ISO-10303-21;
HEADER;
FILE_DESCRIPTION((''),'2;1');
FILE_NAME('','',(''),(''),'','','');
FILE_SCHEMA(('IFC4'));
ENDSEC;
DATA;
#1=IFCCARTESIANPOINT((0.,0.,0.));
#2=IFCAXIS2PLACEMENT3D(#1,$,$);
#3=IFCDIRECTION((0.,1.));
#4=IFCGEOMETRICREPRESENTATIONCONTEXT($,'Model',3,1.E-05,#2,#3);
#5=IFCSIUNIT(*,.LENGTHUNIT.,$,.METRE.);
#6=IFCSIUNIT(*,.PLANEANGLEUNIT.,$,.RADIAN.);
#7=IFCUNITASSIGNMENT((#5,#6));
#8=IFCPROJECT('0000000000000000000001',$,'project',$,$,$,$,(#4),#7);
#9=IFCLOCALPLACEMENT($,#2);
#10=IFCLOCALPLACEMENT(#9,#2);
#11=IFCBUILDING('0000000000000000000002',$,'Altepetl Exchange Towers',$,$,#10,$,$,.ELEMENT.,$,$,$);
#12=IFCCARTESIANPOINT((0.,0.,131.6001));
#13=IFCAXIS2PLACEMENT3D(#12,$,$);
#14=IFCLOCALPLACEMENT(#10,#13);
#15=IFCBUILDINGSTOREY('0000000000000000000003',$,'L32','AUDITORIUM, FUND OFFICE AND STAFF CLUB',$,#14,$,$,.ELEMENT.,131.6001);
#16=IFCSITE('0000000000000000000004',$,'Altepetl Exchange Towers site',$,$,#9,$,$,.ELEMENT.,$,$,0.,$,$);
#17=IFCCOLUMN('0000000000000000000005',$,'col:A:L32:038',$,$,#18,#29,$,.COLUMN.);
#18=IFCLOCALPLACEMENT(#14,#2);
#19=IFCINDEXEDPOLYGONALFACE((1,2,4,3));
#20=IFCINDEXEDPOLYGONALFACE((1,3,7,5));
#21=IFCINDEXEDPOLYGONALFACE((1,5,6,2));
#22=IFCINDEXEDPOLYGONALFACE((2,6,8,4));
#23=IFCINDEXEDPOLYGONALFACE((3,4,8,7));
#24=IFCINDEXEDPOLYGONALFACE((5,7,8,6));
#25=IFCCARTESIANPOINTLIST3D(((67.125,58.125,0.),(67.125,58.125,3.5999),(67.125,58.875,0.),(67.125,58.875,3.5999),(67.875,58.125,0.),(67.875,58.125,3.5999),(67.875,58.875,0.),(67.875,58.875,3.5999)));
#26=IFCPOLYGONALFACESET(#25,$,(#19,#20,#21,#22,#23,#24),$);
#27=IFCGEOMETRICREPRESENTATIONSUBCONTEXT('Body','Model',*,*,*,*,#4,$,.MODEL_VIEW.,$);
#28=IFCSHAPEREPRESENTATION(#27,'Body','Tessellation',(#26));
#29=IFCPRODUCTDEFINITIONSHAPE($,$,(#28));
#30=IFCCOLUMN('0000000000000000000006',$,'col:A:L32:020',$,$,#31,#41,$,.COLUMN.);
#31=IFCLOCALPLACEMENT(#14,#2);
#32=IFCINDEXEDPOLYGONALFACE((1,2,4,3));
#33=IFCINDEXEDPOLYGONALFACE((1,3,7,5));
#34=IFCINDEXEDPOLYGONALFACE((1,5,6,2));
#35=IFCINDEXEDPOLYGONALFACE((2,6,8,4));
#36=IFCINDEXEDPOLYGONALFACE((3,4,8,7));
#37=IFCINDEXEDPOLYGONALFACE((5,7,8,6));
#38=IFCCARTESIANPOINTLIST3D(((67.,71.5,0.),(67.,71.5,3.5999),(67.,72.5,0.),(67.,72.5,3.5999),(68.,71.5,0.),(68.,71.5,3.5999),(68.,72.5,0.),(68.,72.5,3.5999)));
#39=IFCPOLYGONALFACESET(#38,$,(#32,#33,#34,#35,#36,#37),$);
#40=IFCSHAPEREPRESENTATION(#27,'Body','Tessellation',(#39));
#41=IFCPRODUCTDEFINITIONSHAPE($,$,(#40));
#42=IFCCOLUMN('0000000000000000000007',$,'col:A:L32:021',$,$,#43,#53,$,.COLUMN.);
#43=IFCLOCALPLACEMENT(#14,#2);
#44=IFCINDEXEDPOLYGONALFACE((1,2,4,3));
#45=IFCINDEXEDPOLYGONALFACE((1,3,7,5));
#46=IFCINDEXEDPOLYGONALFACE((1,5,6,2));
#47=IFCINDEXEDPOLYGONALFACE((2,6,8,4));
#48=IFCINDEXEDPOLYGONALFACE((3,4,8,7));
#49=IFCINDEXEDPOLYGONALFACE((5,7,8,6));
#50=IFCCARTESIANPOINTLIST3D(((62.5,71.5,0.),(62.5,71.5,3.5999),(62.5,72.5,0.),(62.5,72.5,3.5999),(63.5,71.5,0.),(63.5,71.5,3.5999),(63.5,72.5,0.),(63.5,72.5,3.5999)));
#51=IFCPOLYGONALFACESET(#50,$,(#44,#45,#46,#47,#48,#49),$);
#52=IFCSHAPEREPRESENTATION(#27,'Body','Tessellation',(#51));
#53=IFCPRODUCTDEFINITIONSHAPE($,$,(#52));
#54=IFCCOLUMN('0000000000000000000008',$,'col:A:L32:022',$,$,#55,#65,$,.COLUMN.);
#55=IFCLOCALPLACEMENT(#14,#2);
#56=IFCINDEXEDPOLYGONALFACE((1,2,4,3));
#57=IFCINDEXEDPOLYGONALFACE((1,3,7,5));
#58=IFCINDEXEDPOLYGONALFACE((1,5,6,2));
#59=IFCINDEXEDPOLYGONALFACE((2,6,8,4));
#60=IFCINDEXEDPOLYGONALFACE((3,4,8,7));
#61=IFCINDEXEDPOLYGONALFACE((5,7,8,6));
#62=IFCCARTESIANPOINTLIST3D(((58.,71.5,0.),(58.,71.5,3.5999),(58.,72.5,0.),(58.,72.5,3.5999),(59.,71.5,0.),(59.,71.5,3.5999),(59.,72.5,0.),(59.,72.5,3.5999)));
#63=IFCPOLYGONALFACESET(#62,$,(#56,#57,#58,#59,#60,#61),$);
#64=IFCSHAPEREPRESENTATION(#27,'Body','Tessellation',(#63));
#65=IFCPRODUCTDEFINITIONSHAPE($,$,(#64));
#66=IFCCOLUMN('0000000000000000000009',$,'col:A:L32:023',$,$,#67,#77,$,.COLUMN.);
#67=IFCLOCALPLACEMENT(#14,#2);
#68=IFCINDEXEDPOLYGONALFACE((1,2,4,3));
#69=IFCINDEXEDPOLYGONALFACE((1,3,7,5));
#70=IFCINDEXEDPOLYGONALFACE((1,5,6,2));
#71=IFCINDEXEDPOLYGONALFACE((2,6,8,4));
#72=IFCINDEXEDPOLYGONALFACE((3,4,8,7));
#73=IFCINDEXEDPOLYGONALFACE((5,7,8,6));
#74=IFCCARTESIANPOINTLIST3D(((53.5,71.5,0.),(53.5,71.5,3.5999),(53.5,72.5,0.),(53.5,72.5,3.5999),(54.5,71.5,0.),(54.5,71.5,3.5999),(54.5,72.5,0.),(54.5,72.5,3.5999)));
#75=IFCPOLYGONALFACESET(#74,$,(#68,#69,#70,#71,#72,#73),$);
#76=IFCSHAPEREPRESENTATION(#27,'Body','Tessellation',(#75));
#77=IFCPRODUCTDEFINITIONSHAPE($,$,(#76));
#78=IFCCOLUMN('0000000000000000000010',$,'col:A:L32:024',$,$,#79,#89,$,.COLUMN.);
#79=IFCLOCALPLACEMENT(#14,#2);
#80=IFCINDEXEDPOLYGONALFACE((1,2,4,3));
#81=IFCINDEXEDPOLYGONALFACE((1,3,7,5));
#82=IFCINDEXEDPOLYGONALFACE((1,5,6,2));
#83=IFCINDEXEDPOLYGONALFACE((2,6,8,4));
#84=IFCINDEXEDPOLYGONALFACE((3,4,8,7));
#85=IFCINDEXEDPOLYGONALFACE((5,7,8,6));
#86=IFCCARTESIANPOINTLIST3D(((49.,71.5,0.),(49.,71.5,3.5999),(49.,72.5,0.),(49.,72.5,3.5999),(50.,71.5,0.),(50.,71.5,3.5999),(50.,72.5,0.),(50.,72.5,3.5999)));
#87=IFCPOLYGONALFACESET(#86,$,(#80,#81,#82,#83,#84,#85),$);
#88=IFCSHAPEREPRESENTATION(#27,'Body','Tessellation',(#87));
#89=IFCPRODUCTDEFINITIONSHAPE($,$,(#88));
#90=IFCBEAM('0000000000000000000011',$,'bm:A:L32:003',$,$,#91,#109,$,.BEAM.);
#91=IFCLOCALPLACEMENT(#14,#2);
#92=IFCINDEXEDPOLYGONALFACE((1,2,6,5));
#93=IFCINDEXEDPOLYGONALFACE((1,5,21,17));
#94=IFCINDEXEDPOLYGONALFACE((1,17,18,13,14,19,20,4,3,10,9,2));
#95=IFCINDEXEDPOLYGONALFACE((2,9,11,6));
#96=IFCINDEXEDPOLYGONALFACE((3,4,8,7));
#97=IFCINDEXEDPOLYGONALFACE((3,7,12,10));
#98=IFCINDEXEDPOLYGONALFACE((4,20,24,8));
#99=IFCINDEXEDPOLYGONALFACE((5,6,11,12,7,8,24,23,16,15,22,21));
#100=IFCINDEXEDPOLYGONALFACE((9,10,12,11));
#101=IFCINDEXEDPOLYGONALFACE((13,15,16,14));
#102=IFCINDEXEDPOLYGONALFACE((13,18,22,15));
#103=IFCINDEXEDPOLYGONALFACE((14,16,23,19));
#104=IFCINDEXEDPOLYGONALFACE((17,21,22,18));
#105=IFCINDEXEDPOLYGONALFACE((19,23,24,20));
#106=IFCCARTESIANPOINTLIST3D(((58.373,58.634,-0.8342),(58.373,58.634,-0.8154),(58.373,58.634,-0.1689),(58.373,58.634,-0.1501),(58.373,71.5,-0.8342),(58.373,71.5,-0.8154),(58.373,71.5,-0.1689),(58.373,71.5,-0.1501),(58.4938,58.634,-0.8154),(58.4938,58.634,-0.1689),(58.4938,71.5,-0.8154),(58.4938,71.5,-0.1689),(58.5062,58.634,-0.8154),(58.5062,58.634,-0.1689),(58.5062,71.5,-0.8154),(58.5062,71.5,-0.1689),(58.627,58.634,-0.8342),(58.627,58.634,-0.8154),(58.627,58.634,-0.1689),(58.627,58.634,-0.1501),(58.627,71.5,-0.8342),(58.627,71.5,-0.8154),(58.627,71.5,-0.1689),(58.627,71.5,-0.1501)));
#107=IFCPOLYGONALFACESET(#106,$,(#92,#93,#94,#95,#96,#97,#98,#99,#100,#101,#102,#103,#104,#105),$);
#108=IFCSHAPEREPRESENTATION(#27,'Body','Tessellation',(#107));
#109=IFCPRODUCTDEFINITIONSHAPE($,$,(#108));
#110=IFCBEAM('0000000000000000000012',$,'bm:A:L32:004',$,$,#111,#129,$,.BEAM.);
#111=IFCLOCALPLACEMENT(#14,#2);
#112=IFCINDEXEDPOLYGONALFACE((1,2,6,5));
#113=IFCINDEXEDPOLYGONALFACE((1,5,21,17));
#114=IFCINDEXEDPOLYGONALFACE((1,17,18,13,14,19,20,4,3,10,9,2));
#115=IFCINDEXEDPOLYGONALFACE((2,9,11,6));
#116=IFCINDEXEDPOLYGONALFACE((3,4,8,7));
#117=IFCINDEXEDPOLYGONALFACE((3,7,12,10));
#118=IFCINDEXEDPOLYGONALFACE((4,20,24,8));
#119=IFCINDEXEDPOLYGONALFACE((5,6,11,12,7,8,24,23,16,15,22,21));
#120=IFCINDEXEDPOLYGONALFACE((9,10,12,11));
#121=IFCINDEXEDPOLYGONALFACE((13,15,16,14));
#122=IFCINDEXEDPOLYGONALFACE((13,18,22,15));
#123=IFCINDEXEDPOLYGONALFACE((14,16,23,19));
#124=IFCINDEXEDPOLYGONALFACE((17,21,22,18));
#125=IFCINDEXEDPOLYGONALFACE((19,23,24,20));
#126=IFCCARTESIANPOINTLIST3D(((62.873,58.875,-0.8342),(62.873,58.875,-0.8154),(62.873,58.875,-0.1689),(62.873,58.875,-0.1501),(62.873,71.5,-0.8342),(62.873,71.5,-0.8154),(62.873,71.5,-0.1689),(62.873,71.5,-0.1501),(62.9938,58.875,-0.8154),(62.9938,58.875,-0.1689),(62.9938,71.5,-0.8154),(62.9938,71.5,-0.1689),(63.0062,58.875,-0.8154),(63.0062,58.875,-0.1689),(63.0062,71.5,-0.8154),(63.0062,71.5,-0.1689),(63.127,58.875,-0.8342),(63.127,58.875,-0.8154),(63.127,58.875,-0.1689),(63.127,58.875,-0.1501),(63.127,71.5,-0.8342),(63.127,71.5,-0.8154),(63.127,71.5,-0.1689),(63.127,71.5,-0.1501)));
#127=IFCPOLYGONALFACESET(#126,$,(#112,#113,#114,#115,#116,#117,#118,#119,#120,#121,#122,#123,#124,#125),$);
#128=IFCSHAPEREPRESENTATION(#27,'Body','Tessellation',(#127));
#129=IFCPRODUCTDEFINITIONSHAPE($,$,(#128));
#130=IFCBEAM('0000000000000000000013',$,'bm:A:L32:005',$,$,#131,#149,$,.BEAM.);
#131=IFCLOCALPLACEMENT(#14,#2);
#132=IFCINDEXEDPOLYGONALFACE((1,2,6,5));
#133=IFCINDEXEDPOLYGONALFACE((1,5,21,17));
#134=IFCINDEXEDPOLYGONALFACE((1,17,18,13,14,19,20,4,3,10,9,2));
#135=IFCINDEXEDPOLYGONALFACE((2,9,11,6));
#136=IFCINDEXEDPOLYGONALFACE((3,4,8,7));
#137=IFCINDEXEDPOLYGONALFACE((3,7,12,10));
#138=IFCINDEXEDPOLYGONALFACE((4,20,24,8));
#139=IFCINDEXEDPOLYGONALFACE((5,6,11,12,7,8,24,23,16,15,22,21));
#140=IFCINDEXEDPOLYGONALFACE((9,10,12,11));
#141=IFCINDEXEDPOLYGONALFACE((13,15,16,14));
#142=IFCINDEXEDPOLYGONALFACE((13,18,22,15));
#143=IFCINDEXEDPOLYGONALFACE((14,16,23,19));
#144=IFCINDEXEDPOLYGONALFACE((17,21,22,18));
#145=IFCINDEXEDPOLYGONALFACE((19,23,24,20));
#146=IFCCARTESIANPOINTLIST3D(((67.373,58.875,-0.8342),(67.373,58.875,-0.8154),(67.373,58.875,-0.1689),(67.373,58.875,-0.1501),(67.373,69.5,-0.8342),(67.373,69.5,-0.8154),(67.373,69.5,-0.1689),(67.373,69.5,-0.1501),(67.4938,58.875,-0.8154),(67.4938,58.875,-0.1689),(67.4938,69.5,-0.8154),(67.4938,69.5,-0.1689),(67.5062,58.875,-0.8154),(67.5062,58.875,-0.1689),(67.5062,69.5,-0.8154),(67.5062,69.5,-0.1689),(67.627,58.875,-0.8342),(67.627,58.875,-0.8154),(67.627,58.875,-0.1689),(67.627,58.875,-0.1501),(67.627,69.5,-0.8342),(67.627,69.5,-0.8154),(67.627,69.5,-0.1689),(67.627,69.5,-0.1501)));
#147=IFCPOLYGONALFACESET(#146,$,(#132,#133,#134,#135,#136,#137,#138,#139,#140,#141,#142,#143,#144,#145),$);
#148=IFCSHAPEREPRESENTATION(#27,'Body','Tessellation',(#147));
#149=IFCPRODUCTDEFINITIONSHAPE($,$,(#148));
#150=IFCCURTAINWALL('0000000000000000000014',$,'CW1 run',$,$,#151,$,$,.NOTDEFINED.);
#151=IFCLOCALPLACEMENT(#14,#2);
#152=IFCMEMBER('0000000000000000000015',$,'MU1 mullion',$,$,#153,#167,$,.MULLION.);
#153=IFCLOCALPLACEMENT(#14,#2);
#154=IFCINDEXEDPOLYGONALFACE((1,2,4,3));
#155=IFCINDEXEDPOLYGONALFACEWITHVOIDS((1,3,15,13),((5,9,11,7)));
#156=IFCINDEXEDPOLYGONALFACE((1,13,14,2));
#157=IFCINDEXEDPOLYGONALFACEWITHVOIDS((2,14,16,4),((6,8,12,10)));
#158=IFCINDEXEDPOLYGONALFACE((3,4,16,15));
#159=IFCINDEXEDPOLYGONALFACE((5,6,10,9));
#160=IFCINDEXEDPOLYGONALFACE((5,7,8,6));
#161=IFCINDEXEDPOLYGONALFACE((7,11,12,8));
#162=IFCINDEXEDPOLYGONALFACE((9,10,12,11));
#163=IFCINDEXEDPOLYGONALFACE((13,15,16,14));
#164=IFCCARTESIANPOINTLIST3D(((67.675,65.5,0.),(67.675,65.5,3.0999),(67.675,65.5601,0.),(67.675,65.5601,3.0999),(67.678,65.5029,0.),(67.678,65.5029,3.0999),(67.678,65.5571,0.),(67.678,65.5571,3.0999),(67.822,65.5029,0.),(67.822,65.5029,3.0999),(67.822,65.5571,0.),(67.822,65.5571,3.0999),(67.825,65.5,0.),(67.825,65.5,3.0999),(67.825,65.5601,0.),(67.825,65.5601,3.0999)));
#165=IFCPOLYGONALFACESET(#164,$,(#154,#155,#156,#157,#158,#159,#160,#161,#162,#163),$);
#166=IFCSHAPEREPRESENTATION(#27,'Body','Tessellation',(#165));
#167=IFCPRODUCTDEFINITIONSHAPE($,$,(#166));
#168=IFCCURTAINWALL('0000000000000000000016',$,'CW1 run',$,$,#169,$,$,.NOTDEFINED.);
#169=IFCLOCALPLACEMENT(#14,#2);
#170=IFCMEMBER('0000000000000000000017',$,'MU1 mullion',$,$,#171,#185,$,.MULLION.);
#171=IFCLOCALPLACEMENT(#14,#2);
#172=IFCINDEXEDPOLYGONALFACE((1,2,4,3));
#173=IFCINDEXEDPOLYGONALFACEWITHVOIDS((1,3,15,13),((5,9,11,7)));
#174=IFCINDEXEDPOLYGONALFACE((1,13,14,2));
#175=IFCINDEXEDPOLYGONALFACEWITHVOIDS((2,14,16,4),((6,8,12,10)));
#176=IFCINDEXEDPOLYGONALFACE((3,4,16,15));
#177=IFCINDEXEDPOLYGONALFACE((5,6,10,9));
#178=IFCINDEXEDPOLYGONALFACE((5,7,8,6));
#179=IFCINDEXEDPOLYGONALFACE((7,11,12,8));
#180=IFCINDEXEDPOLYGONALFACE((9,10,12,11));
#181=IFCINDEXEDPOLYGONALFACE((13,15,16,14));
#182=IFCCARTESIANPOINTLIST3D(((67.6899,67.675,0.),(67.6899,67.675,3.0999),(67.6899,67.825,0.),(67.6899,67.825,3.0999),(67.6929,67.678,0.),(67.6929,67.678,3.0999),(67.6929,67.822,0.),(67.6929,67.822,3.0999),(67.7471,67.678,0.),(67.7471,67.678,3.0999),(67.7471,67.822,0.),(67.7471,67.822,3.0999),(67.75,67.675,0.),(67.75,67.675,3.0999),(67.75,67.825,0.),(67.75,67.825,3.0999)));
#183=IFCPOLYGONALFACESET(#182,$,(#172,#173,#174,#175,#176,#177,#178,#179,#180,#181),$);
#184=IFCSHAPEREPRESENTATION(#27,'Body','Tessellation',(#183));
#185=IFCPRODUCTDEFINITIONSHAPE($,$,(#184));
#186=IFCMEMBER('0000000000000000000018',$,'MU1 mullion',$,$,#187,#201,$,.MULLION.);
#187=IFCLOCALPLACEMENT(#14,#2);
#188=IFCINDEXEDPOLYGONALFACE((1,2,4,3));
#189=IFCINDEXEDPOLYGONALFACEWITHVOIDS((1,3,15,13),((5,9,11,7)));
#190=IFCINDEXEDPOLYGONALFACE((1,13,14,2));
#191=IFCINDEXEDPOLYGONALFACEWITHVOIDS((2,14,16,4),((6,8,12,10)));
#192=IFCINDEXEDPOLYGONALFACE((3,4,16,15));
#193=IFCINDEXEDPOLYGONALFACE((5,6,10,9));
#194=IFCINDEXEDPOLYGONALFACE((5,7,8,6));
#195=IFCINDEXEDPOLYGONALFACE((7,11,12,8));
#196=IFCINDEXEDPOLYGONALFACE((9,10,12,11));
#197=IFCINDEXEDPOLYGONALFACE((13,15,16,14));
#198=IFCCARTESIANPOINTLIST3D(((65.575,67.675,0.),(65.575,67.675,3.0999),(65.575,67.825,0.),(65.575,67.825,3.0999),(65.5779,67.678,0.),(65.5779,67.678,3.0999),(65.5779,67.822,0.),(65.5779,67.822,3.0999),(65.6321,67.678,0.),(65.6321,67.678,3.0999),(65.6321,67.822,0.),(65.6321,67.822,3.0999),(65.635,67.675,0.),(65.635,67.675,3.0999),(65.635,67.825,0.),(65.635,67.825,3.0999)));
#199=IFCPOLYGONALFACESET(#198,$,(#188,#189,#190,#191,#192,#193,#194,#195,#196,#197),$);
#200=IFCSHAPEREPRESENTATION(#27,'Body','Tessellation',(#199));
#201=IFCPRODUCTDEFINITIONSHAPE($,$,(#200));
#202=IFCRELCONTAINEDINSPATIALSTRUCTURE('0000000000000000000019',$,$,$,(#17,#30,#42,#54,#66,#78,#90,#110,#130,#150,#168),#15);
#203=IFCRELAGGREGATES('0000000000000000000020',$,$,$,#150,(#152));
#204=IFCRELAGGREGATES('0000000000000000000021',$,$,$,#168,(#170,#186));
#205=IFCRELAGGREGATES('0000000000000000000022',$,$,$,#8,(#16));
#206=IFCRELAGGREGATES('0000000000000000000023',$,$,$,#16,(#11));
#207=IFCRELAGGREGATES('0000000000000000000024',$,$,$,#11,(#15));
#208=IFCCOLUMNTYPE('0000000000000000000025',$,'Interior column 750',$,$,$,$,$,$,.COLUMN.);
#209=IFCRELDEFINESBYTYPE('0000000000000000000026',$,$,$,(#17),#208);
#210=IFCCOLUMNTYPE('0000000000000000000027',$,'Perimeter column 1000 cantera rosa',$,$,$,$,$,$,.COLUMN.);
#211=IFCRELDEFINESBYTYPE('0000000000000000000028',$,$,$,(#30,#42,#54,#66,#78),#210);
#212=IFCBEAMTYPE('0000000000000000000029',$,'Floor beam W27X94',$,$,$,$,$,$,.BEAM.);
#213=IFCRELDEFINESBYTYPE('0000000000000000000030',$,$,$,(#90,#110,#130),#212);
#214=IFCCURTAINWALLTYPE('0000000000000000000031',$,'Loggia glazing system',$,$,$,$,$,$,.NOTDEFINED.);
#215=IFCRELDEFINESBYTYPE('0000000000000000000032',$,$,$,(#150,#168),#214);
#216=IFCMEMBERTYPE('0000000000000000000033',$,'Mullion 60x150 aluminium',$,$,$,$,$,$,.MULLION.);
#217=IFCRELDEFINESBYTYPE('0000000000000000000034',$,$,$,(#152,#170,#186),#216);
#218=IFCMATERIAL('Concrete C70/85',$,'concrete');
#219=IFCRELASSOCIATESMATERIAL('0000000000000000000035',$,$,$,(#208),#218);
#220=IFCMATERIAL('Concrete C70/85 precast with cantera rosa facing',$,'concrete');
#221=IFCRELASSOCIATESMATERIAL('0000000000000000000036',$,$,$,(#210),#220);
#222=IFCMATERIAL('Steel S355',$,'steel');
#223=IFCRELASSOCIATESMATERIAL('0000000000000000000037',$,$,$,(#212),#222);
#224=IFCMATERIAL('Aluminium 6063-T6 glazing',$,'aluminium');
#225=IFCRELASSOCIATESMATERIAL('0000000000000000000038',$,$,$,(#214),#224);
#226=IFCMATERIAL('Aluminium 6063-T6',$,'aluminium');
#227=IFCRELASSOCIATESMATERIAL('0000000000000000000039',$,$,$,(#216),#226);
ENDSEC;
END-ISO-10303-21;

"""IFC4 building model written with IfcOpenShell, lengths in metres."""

from ifc_helpers import new_model, si_unit, direction, frame, origin, origin_2d, place, context, subcontext, project, spatial, rectangle, hollow_rectangle, i_section, extrude, material, material_profile, profile_set, type_object, element, aggregate, save


model = new_model("IFC4")

# Units and contexts
model_context = context("Model", 3, precision=1e-05, world=origin(), true_north=direction((0.0, 1.0)))
body_context = subcontext(model_context, "Body", "Model", "MODEL_VIEW")
ifc_project = project(units=[si_unit("LENGTHUNIT", "METRE"), si_unit("PLANEANGLEUNIT", "RADIAN")], contexts=[model_context])

# Site, building, storey
site_placement = place(None, origin())
site = spatial("IfcSite", under=ifc_project, at=site_placement, Name="Altepetl Exchange Towers site", CompositionType="ELEMENT", RefElevation=0.0)
building_placement = place(site_placement, origin())
building = spatial("IfcBuilding", under=site, at=building_placement, Name="Altepetl Exchange Towers", CompositionType="ELEMENT")
storey_placement = place(building_placement, frame((0.0, 0.0, 131.6001)))
storey = spatial("IfcBuildingStorey", under=building, at=storey_placement, Name="L32", Description="AUDITORIUM, FUND OFFICE AND STAFF CLUB", CompositionType="ELEMENT", Elevation=131.6001)

# Columns
ifc_material_1 = material(Name="Concrete C70/85", Category="concrete")
ifc_material_profile_1 = material_profile(ifc_material_1, rectangle(XDim=0.75, YDim=0.75, at=origin_2d()), Name="750 x 750")
ifc_profile_set_1 = profile_set([ifc_material_profile_1], Name="Concrete C70/85")
column_type_1 = type_object("IfcColumnType", Name="Interior column 750", PredefinedType="COLUMN", material=ifc_profile_set_1)
column_placement = place(storey_placement, frame((67.5, 58.5, 0.0)))
element("IfcColumn", 1, at=column_placement, inside=storey, type_object=column_type_1, Name="col:A:L32:038", PredefinedType="COLUMN", context=body_context, shape_type="SweptSolid", body=[
    extrude(rectangle(XDim=0.75, YDim=0.75, at=origin_2d()), origin(), (0.0, 0.0, 1.0), 3.5999),
])
ifc_material_2 = material(Name="Concrete C70/85 precast with cantera rosa facing", Category="concrete")
ifc_material_profile_2 = material_profile(ifc_material_2, rectangle(XDim=1.0, YDim=1.0, at=origin_2d()), Name="1000 x 1000")
ifc_profile_set_2 = profile_set([ifc_material_profile_2], Name="Concrete C70/85 precast with cantera rosa facing")
column_type_2 = type_object("IfcColumnType", Name="Perimeter column 1000 cantera rosa", PredefinedType="COLUMN", material=ifc_profile_set_2)
for number, where, name in (
    (2, (67.5, 72.0, 0.0), "col:A:L32:020"),
    (3, (63.0, 72.0, 0.0), "col:A:L32:021"),
    (4, (58.5, 72.0, 0.0), "col:A:L32:022"),
    (5, (54.0, 72.0, 0.0), "col:A:L32:023"),
    (6, (49.5, 72.0, 0.0), "col:A:L32:024"),
):
    element("IfcColumn", number, at=place(storey_placement, frame(where)), inside=storey, type_object=column_type_2, Name=name, PredefinedType="COLUMN", context=body_context, shape_type="SweptSolid", body=[
        extrude(rectangle(XDim=1.0, YDim=1.0, at=origin_2d()), origin(), (0.0, 0.0, 1.0), 3.5999),
    ])

# Beams
ifc_material_3 = material(Name="Steel S355", Category="steel")
ifc_material_profile_3 = material_profile(ifc_material_3, i_section(OverallWidth=0.2539, OverallDepth=0.6841, WebThickness=0.0125, FlangeThickness=0.0188, at=origin_2d()), Name="W27X94")
ifc_profile_set_3 = profile_set([ifc_material_profile_3], Name="Steel S355")
beam_type_1 = type_object("IfcBeamType", Name="Floor beam W27X94", PredefinedType="BEAM", material=ifc_profile_set_3)
beam_1_placement = place(storey_placement, frame((58.5, 58.634, -0.4922), z_axis=(0.0, 1.0, 0.0), x_axis=(-1.0, 0.0, 0.0)))
element("IfcBeam", 7, at=beam_1_placement, inside=storey, type_object=beam_type_1, Name="bm:A:L32:003", PredefinedType="BEAM", context=body_context, shape_type="SweptSolid", body=[
    extrude(i_section(OverallWidth=0.2539, OverallDepth=0.6841, WebThickness=0.0125, FlangeThickness=0.0188, at=origin_2d()), origin(), (0.0, 0.0, 1.0), 12.866),
])
beam_2_placement = place(storey_placement, frame((63.0, 58.875, -0.4922), z_axis=(0.0, 1.0, 0.0), x_axis=(-1.0, 0.0, 0.0)))
element("IfcBeam", 8, at=beam_2_placement, inside=storey, type_object=beam_type_1, Name="bm:A:L32:004", PredefinedType="BEAM", context=body_context, shape_type="SweptSolid", body=[
    extrude(i_section(OverallWidth=0.2539, OverallDepth=0.6841, WebThickness=0.0125, FlangeThickness=0.0188, at=origin_2d()), origin(), (0.0, 0.0, 1.0), 12.625),
])
beam_3_placement = place(storey_placement, frame((67.5, 58.875, -0.4922), z_axis=(0.0, 1.0, 0.0), x_axis=(-1.0, 0.0, 0.0)))
element("IfcBeam", 9, at=beam_3_placement, inside=storey, type_object=beam_type_1, Name="bm:A:L32:005", PredefinedType="BEAM", context=body_context, shape_type="SweptSolid", body=[
    extrude(i_section(OverallWidth=0.2539, OverallDepth=0.6841, WebThickness=0.0125, FlangeThickness=0.0188, at=origin_2d()), origin(), (0.0, 0.0, 1.0), 10.625),
])

# Curtain wall, member
ifc_material_4 = material(Name="Aluminium 6063-T6 glazing", Category="aluminium")
curtain_wall_type = type_object("IfcCurtainWallType", Name="Loggia glazing system", PredefinedType="NOTDEFINED", material=ifc_material_4)
curtain_wall_1_placement = place(storey_placement, origin())
curtain_wall_1 = element("IfcCurtainWall", 10, at=curtain_wall_1_placement, inside=storey, type_object=curtain_wall_type, Name="CW1 run", PredefinedType="NOTDEFINED")
ifc_material_5 = material(Name="Aluminium 6063-T6", Category="aluminium")
ifc_material_profile_4 = material_profile(ifc_material_5, hollow_rectangle(XDim=0.0601, YDim=0.1499, WallThickness=0.0029, at=origin_2d()), Name="Mullion 60x150 aluminium")
ifc_profile_set_4 = profile_set([ifc_material_profile_4], Name="Aluminium 6063-T6")
member_type = type_object("IfcMemberType", Name="Mullion 60x150 aluminium", PredefinedType="MULLION", material=ifc_profile_set_4)
member_1_placement = place(storey_placement, frame((67.75, 65.53, 0.0), z_axis=(0.0, 0.0, 1.0), x_axis=(0.0, 1.0, 0.0)))
member_1 = element("IfcMember", 11, at=member_1_placement, type_object=member_type, Name="MU1 mullion", PredefinedType="MULLION", context=body_context, shape_type="SweptSolid", body=[
    extrude(hollow_rectangle(XDim=0.0601, YDim=0.1499, WallThickness=0.0029, at=origin_2d()), origin(), (0.0, 0.0, 1.0), 3.0999),
])
aggregate(curtain_wall_1, [member_1])

# Curtain wall, members
curtain_wall_2_placement = place(storey_placement, origin())
curtain_wall_2 = element("IfcCurtainWall", 12, at=curtain_wall_2_placement, inside=storey, type_object=curtain_wall_type, Name="CW1 run", PredefinedType="NOTDEFINED")
member_2_placement = place(storey_placement, frame((67.72, 67.75, 0.0), z_axis=(0.0, 0.0, 1.0), x_axis=(-1.0, 0.0, 0.0)))
member_2 = element("IfcMember", 13, at=member_2_placement, type_object=member_type, Name="MU1 mullion", PredefinedType="MULLION", context=body_context, shape_type="SweptSolid", body=[
    extrude(hollow_rectangle(XDim=0.0601, YDim=0.1499, WallThickness=0.0029, at=origin_2d()), origin(), (0.0, 0.0, 1.0), 3.0999),
])
member_3_placement = place(storey_placement, frame((65.605, 67.75, 0.0), z_axis=(0.0, 0.0, 1.0), x_axis=(-1.0, 0.0, 0.0)))
member_3 = element("IfcMember", 14, at=member_3_placement, type_object=member_type, Name="MU1 mullion", PredefinedType="MULLION", context=body_context, shape_type="SweptSolid", body=[
    extrude(hollow_rectangle(XDim=0.0601, YDim=0.1499, WallThickness=0.0029, at=origin_2d()), origin(), (0.0, 0.0, 1.0), 3.0999),
])

aggregate(curtain_wall_2, [member_2, member_3])

save(model, "model.ifc")
